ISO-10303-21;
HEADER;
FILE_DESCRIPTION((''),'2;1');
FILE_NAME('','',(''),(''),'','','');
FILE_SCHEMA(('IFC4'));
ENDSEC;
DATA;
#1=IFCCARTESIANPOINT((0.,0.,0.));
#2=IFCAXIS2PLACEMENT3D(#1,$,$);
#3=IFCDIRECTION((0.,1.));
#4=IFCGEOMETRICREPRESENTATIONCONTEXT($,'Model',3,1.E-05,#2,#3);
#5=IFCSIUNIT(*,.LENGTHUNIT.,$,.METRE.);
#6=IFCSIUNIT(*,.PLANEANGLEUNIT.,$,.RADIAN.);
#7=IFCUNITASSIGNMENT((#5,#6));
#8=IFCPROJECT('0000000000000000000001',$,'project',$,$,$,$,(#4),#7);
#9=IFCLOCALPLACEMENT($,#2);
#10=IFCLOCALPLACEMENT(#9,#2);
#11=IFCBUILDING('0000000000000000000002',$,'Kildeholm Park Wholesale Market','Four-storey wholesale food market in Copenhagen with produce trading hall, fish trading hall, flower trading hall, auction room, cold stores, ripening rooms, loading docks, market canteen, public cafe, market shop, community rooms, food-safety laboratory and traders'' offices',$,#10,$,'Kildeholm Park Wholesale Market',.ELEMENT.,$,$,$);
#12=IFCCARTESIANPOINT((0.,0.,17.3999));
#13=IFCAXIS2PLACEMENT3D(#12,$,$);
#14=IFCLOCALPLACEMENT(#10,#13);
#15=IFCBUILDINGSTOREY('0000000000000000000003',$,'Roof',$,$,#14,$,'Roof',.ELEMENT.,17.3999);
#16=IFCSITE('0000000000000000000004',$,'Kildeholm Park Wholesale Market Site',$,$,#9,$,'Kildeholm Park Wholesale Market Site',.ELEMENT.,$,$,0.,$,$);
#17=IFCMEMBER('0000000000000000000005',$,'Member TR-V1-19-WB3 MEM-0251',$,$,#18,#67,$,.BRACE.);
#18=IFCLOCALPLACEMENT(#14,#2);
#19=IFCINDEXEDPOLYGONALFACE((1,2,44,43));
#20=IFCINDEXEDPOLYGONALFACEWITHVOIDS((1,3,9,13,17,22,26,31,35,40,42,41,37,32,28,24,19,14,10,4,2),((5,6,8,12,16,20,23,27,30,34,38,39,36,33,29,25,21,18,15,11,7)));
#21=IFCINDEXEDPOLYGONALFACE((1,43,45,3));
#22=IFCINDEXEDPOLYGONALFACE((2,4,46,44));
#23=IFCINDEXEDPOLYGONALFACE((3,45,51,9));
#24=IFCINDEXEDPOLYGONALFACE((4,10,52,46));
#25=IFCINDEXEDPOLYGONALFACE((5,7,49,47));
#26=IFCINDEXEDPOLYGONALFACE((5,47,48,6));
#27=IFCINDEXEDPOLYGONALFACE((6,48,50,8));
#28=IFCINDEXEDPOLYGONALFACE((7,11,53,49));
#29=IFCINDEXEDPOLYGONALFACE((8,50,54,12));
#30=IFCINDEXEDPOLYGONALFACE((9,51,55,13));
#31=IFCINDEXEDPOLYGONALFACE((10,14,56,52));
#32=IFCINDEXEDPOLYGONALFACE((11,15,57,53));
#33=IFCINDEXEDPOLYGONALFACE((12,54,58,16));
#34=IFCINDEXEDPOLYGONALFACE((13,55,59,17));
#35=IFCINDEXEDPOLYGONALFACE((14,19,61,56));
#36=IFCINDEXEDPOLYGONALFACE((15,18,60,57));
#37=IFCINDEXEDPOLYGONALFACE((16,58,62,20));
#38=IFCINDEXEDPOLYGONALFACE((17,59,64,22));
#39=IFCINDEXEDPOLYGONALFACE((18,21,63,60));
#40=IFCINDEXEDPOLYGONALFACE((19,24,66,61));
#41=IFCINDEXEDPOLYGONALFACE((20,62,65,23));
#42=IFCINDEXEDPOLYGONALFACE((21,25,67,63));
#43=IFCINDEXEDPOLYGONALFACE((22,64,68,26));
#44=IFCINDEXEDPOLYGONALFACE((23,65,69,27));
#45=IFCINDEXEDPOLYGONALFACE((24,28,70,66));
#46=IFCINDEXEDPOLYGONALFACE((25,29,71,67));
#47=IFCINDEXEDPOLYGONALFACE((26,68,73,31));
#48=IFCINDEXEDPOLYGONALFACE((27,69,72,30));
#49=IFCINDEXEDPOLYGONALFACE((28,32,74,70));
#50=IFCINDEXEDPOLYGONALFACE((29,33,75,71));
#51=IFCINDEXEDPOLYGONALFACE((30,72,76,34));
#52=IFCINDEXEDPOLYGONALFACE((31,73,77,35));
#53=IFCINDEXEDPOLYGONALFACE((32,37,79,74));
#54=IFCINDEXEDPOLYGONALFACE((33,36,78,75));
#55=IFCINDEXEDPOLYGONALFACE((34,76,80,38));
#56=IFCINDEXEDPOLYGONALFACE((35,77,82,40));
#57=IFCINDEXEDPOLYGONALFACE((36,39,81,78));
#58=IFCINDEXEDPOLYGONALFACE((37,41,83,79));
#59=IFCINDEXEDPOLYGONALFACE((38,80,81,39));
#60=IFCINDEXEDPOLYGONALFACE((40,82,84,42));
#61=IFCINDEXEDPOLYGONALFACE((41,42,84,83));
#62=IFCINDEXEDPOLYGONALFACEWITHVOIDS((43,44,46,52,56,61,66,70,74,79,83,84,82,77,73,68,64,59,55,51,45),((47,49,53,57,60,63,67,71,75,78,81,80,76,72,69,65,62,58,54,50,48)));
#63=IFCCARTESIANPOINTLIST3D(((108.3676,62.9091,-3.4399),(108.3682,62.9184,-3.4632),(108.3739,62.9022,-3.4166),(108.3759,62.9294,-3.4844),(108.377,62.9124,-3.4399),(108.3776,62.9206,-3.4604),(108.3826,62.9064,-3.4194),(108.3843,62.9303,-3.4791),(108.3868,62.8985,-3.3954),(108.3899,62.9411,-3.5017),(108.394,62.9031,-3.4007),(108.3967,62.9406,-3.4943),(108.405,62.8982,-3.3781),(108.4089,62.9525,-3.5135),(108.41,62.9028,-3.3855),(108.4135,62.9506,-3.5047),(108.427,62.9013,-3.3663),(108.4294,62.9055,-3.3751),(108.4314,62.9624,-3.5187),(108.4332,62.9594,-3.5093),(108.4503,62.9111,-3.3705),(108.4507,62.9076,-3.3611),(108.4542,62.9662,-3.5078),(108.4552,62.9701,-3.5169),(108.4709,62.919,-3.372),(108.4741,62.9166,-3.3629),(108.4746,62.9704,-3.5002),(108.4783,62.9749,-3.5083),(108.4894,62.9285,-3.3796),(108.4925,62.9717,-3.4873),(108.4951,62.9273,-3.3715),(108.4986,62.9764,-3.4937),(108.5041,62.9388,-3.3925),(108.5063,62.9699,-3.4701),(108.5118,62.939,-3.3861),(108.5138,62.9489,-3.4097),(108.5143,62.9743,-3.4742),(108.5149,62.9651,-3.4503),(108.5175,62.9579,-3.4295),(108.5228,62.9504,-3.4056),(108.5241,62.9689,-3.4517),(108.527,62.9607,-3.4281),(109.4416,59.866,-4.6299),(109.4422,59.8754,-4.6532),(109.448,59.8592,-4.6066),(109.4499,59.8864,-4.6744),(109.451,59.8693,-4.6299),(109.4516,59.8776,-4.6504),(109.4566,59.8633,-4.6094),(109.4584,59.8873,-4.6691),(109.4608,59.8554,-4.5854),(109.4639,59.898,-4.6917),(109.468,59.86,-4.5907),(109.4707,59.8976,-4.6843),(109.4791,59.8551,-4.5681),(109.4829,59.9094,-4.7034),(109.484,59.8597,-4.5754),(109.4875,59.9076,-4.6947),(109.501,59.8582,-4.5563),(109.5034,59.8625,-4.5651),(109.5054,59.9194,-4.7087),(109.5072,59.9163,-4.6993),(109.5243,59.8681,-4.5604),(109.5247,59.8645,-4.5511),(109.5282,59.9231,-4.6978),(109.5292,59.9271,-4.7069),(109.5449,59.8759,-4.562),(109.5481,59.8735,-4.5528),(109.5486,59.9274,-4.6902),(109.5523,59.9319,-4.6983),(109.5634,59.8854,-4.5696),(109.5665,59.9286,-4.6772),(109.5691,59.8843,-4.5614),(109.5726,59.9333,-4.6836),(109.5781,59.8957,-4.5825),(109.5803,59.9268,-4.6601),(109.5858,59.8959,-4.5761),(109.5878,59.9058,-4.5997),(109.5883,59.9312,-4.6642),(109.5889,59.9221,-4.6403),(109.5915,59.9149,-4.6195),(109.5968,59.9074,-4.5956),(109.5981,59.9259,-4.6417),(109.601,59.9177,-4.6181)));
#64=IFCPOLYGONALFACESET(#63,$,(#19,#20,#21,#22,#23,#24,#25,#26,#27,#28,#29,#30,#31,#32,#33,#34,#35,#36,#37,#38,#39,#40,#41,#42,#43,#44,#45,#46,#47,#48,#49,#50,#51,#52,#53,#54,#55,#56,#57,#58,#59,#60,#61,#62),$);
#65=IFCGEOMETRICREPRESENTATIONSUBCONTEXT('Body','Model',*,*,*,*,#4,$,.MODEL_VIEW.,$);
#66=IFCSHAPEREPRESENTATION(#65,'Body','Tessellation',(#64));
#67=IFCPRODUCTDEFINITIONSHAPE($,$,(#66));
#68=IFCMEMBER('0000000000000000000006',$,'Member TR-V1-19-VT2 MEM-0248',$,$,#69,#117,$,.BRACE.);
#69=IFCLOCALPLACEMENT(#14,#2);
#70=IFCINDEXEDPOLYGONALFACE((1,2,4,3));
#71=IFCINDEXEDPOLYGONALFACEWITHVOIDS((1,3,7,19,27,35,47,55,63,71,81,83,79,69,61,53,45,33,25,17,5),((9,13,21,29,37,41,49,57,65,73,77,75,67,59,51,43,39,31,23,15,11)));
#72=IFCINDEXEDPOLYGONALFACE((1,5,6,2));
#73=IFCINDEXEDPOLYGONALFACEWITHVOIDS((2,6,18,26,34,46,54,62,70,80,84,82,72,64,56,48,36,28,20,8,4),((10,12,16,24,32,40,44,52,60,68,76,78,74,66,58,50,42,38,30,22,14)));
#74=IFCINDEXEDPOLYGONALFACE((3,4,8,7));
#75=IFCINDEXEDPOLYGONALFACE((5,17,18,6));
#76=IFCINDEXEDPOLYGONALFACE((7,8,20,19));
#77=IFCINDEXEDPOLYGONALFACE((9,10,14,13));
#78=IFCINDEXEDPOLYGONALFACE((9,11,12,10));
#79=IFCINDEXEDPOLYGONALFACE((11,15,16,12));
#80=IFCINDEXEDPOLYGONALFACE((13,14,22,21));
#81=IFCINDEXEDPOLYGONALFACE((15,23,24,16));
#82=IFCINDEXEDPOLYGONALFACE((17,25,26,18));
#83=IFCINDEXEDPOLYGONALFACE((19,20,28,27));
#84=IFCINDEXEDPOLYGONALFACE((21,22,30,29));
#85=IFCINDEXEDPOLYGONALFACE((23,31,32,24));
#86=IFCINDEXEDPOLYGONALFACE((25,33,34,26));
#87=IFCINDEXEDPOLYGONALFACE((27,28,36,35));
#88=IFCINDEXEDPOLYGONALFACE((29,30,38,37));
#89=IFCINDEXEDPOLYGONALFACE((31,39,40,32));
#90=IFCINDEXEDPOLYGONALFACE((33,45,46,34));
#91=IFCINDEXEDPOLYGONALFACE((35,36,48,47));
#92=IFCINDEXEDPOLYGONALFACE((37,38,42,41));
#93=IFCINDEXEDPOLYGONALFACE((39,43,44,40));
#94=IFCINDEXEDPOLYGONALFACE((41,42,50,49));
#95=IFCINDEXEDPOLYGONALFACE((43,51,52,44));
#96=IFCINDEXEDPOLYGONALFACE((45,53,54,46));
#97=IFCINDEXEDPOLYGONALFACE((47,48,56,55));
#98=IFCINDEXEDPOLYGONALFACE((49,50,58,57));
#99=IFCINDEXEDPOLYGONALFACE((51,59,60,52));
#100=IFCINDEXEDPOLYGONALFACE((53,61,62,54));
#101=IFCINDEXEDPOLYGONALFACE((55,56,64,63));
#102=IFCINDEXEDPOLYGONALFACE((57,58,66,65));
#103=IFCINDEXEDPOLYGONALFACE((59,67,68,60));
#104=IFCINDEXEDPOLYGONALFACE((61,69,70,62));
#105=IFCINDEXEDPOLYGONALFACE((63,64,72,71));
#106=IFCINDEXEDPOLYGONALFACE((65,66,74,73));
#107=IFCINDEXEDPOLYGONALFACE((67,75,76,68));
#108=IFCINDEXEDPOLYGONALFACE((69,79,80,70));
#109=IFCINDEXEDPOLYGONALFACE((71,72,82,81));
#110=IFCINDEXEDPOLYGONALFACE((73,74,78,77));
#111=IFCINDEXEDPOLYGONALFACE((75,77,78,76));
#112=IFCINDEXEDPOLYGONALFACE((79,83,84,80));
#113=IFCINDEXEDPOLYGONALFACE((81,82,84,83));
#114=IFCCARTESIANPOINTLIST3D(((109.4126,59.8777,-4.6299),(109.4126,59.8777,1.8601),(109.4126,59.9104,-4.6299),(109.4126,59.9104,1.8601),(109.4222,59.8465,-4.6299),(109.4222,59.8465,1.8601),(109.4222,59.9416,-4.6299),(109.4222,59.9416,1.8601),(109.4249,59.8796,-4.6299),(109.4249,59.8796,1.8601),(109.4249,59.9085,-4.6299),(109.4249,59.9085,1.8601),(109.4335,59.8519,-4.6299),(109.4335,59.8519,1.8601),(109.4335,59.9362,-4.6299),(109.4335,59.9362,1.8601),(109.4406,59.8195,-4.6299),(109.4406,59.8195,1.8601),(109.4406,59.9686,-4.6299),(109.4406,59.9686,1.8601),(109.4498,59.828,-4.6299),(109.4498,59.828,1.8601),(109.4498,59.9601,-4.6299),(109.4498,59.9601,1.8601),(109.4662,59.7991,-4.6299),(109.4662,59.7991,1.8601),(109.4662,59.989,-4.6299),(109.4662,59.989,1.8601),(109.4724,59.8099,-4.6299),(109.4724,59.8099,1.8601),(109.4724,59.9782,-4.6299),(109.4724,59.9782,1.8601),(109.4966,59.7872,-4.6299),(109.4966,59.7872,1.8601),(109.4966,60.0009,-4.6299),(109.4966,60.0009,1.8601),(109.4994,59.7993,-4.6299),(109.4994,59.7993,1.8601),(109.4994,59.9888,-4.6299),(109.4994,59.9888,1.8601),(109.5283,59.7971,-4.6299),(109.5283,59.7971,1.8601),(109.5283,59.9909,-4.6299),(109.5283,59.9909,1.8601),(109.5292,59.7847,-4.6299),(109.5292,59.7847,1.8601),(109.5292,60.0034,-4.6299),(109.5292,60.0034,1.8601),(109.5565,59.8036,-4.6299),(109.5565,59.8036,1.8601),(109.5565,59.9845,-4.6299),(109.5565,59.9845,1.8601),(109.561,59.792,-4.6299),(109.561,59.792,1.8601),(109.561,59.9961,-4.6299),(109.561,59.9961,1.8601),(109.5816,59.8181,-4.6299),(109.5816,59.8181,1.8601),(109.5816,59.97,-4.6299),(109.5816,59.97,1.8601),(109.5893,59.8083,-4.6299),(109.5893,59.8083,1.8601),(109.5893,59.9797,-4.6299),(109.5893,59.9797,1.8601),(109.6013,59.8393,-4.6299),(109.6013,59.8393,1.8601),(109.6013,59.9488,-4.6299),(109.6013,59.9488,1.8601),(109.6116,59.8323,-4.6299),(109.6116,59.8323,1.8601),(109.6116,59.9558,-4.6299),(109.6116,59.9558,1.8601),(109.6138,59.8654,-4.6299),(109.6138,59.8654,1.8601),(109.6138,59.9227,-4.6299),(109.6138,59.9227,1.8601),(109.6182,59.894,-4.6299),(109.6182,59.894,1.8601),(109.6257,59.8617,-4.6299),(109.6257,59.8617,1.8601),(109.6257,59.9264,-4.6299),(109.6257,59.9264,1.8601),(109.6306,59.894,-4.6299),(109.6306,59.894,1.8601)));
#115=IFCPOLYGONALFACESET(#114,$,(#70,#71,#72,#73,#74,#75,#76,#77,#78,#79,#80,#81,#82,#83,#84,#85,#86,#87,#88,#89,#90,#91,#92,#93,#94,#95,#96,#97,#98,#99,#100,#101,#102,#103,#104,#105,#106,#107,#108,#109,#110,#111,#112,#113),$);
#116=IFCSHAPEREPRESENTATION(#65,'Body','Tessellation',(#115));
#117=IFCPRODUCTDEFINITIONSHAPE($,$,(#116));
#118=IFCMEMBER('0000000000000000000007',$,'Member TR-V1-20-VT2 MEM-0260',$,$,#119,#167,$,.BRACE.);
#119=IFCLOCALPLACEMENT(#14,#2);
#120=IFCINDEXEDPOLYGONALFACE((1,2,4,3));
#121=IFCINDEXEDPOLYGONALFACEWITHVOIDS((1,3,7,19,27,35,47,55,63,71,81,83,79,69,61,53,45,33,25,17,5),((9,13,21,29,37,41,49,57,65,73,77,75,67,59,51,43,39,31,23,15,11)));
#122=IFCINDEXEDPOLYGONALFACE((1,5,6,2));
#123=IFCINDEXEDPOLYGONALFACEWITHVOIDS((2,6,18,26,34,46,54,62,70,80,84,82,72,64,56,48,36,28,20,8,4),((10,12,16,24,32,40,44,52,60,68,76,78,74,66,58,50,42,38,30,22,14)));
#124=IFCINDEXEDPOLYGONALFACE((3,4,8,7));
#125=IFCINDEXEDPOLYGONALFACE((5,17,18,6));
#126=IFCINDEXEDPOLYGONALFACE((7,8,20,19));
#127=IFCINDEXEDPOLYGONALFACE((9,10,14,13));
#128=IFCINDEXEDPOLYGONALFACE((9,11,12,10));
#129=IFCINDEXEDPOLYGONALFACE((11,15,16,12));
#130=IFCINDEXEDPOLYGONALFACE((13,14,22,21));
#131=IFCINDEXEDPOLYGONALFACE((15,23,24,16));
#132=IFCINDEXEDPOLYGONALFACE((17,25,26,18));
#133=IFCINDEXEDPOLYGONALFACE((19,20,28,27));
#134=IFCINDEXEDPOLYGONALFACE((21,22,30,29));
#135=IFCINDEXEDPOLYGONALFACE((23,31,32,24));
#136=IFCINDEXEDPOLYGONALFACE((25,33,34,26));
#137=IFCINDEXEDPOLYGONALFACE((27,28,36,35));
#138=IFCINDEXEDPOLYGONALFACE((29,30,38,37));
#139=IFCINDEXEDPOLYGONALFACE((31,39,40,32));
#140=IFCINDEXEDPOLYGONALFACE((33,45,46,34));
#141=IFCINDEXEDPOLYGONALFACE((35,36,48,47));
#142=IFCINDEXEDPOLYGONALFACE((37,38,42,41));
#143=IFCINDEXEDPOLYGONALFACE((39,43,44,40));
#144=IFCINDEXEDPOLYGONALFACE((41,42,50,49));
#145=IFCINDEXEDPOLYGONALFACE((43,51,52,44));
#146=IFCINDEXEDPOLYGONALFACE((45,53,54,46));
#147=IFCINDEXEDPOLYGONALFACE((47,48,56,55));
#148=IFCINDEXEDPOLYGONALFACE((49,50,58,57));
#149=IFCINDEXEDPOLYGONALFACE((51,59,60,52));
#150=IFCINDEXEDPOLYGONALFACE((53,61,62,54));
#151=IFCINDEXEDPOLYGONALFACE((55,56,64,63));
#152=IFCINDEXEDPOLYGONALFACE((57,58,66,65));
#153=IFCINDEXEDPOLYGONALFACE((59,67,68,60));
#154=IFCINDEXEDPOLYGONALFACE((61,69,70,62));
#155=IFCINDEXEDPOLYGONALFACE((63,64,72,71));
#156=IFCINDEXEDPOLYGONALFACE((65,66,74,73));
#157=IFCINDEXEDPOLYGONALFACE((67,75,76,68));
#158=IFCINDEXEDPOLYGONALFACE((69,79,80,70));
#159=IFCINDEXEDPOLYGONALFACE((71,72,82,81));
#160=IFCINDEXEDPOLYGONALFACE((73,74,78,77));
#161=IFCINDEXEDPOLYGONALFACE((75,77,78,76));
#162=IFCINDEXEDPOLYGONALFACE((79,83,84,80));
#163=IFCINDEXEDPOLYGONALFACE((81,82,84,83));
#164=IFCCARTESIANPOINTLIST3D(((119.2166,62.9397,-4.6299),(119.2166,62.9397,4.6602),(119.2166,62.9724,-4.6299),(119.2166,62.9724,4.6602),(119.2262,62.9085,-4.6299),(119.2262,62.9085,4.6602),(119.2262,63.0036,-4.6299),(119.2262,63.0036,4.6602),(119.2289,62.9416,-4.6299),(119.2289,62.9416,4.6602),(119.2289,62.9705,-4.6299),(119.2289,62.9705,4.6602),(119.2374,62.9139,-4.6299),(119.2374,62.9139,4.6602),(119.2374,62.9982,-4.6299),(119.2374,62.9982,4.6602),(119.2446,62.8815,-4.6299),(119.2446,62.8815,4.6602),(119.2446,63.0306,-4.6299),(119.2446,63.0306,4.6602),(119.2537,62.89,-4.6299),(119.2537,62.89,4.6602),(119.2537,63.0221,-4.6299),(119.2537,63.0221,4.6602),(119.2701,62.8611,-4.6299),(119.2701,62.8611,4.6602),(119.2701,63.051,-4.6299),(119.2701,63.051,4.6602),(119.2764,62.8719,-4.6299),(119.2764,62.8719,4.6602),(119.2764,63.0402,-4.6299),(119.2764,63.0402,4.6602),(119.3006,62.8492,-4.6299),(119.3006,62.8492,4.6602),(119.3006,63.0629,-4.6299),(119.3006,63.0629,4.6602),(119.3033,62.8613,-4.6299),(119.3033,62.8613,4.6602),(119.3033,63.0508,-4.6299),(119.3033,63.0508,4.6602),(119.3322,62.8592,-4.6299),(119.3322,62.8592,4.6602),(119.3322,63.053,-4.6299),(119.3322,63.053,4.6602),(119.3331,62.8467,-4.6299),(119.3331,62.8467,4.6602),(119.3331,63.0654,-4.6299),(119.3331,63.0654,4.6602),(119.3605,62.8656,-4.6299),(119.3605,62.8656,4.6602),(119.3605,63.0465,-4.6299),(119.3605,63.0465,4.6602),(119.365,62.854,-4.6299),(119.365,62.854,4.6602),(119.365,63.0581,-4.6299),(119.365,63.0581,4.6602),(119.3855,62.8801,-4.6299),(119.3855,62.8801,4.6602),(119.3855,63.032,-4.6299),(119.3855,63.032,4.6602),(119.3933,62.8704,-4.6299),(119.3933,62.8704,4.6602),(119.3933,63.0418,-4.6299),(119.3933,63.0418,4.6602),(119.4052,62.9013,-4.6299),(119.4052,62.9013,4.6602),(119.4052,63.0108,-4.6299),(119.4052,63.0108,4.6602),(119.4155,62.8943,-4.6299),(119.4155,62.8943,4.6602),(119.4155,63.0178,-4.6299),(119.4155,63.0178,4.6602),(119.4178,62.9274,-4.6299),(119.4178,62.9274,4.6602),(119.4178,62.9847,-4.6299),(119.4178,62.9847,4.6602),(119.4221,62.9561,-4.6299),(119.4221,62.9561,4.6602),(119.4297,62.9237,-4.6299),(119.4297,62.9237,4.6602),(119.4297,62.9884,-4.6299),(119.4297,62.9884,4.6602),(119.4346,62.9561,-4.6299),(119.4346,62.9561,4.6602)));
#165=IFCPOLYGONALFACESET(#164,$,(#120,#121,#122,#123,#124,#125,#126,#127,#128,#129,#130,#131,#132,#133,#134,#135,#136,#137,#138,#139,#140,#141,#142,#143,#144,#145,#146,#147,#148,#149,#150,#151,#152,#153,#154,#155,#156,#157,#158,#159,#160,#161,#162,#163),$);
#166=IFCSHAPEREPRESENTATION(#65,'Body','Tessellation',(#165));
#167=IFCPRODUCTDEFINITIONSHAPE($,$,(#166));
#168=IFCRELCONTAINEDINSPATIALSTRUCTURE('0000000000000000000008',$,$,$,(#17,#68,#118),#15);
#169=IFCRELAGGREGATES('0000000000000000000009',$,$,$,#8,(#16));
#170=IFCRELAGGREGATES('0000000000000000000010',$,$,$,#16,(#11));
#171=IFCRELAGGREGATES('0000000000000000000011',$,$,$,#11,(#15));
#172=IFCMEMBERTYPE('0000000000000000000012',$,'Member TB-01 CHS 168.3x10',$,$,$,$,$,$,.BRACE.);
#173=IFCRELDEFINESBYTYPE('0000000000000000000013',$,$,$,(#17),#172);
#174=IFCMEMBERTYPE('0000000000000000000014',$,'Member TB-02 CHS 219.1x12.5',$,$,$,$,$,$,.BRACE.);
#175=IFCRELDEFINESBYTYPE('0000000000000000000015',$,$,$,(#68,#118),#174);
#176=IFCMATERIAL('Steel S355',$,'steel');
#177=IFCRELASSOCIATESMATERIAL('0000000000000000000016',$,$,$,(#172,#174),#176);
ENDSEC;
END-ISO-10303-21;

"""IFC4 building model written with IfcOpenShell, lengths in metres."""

from ifc_helpers import new_model, si_unit, direction, frame, origin, origin_2d, place, context, subcontext, project, spatial, hollow_circle, extrude, material, material_profile, profile_set, type_object, element, save


model = new_model("IFC4")

# Units and contexts
model_context = context("Model", 3, precision=1e-05, world=origin(), true_north=direction((0.0, 1.0)))
body_context = subcontext(model_context, "Body", "Model", "MODEL_VIEW")
ifc_project = project(units=[si_unit("LENGTHUNIT", "METRE"), si_unit("PLANEANGLEUNIT", "RADIAN")], contexts=[model_context])

# Site, building, storey
site_placement = place(None, origin())
site = spatial("IfcSite", under=ifc_project, at=site_placement, Name="Kildeholm Park Wholesale Market Site", LongName="Kildeholm Park Wholesale Market Site", CompositionType="ELEMENT", RefElevation=0.0)
building_placement = place(site_placement, origin())
building = spatial("IfcBuilding", under=site, at=building_placement, Name="Kildeholm Park Wholesale Market", Description="Four-storey wholesale food market in Copenhagen with produce trading hall, fish trading hall, flower trading hall, auction room, cold stores, ripening rooms, loading docks, market canteen, public cafe, market shop, community rooms, food-safety laboratory and traders' offices", LongName="Kildeholm Park Wholesale Market", CompositionType="ELEMENT")
storey_placement = place(building_placement, frame((0.0, 0.0, 17.3999)))
storey = spatial("IfcBuildingStorey", under=building, at=storey_placement, Name="Roof", LongName="Roof", CompositionType="ELEMENT", Elevation=17.3999)

# Members
ifc_material_1 = material(Name="Steel S355", Category="steel")
ifc_material_profile_1 = material_profile(ifc_material_1, hollow_circle(Radius=0.0842, WallThickness=0.01, at=origin_2d()), Name="CHS 168.3x10")
ifc_profile_set_1 = profile_set([ifc_material_profile_1], Name="Steel S355")
member_type_1 = type_object("IfcMemberType", Name="Member TB-01 CHS 168.3x10", PredefinedType="BRACE", material=ifc_profile_set_1)
member_1_placement = place(storey_placement, frame((109.521, 59.894, -4.6299), z_axis=(-0.312262, 0.884754, 0.34598), x_axis=(-0.942992, -0.332816, 0.0)))
element("IfcMember", 1, at=member_1_placement, inside=storey, type_object=member_type_1, Name="Member TR-V1-19-WB3 MEM-0251", PredefinedType="BRACE", context=body_context, shape_type="SweptSolid", body=[
    extrude(hollow_circle(Radius=0.0842, WallThickness=0.01, at=origin_2d()), origin(), (0.0, 0.0, 1.0), 3.4395),
])
ifc_material_profile_2 = material_profile(ifc_material_1, hollow_circle(Radius=0.1096, WallThickness=0.0125, at=origin_2d()), Name="CHS 219.1x12.5")
ifc_profile_set_2 = profile_set([ifc_material_profile_2], Name="Steel S355")
member_type_2 = type_object("IfcMemberType", Name="Member TB-02 CHS 219.1x12.5", PredefinedType="BRACE", material=ifc_profile_set_2)
member_2_placement = place(storey_placement, frame((109.521, 59.894, -4.6299), z_axis=(0.0, 0.0, 1.0), x_axis=(1.0, 0.0, 0.0)))
element("IfcMember", 2, at=member_2_placement, inside=storey, type_object=member_type_2, Name="Member TR-V1-19-VT2 MEM-0248", PredefinedType="BRACE", context=body_context, shape_type="SweptSolid", body=[
    extrude(hollow_circle(Radius=0.1096, WallThickness=0.0125, at=origin_2d()), origin(), (0.0, 0.0, 1.0), 6.49),
])
member_3_placement = place(storey_placement, frame((119.325, 62.9561, -4.6299), z_axis=(0.0, 0.0, 1.0), x_axis=(1.0, 0.0, 0.0)))
element("IfcMember", 3, at=member_3_placement, inside=storey, type_object=member_type_2, Name="Member TR-V1-20-VT2 MEM-0260", PredefinedType="BRACE", context=body_context, shape_type="SweptSolid", body=[
    extrude(hollow_circle(Radius=0.1096, WallThickness=0.0125, at=origin_2d()), origin(), (0.0, 0.0, 1.0), 9.29),
])

save(model, "model.ifc")
